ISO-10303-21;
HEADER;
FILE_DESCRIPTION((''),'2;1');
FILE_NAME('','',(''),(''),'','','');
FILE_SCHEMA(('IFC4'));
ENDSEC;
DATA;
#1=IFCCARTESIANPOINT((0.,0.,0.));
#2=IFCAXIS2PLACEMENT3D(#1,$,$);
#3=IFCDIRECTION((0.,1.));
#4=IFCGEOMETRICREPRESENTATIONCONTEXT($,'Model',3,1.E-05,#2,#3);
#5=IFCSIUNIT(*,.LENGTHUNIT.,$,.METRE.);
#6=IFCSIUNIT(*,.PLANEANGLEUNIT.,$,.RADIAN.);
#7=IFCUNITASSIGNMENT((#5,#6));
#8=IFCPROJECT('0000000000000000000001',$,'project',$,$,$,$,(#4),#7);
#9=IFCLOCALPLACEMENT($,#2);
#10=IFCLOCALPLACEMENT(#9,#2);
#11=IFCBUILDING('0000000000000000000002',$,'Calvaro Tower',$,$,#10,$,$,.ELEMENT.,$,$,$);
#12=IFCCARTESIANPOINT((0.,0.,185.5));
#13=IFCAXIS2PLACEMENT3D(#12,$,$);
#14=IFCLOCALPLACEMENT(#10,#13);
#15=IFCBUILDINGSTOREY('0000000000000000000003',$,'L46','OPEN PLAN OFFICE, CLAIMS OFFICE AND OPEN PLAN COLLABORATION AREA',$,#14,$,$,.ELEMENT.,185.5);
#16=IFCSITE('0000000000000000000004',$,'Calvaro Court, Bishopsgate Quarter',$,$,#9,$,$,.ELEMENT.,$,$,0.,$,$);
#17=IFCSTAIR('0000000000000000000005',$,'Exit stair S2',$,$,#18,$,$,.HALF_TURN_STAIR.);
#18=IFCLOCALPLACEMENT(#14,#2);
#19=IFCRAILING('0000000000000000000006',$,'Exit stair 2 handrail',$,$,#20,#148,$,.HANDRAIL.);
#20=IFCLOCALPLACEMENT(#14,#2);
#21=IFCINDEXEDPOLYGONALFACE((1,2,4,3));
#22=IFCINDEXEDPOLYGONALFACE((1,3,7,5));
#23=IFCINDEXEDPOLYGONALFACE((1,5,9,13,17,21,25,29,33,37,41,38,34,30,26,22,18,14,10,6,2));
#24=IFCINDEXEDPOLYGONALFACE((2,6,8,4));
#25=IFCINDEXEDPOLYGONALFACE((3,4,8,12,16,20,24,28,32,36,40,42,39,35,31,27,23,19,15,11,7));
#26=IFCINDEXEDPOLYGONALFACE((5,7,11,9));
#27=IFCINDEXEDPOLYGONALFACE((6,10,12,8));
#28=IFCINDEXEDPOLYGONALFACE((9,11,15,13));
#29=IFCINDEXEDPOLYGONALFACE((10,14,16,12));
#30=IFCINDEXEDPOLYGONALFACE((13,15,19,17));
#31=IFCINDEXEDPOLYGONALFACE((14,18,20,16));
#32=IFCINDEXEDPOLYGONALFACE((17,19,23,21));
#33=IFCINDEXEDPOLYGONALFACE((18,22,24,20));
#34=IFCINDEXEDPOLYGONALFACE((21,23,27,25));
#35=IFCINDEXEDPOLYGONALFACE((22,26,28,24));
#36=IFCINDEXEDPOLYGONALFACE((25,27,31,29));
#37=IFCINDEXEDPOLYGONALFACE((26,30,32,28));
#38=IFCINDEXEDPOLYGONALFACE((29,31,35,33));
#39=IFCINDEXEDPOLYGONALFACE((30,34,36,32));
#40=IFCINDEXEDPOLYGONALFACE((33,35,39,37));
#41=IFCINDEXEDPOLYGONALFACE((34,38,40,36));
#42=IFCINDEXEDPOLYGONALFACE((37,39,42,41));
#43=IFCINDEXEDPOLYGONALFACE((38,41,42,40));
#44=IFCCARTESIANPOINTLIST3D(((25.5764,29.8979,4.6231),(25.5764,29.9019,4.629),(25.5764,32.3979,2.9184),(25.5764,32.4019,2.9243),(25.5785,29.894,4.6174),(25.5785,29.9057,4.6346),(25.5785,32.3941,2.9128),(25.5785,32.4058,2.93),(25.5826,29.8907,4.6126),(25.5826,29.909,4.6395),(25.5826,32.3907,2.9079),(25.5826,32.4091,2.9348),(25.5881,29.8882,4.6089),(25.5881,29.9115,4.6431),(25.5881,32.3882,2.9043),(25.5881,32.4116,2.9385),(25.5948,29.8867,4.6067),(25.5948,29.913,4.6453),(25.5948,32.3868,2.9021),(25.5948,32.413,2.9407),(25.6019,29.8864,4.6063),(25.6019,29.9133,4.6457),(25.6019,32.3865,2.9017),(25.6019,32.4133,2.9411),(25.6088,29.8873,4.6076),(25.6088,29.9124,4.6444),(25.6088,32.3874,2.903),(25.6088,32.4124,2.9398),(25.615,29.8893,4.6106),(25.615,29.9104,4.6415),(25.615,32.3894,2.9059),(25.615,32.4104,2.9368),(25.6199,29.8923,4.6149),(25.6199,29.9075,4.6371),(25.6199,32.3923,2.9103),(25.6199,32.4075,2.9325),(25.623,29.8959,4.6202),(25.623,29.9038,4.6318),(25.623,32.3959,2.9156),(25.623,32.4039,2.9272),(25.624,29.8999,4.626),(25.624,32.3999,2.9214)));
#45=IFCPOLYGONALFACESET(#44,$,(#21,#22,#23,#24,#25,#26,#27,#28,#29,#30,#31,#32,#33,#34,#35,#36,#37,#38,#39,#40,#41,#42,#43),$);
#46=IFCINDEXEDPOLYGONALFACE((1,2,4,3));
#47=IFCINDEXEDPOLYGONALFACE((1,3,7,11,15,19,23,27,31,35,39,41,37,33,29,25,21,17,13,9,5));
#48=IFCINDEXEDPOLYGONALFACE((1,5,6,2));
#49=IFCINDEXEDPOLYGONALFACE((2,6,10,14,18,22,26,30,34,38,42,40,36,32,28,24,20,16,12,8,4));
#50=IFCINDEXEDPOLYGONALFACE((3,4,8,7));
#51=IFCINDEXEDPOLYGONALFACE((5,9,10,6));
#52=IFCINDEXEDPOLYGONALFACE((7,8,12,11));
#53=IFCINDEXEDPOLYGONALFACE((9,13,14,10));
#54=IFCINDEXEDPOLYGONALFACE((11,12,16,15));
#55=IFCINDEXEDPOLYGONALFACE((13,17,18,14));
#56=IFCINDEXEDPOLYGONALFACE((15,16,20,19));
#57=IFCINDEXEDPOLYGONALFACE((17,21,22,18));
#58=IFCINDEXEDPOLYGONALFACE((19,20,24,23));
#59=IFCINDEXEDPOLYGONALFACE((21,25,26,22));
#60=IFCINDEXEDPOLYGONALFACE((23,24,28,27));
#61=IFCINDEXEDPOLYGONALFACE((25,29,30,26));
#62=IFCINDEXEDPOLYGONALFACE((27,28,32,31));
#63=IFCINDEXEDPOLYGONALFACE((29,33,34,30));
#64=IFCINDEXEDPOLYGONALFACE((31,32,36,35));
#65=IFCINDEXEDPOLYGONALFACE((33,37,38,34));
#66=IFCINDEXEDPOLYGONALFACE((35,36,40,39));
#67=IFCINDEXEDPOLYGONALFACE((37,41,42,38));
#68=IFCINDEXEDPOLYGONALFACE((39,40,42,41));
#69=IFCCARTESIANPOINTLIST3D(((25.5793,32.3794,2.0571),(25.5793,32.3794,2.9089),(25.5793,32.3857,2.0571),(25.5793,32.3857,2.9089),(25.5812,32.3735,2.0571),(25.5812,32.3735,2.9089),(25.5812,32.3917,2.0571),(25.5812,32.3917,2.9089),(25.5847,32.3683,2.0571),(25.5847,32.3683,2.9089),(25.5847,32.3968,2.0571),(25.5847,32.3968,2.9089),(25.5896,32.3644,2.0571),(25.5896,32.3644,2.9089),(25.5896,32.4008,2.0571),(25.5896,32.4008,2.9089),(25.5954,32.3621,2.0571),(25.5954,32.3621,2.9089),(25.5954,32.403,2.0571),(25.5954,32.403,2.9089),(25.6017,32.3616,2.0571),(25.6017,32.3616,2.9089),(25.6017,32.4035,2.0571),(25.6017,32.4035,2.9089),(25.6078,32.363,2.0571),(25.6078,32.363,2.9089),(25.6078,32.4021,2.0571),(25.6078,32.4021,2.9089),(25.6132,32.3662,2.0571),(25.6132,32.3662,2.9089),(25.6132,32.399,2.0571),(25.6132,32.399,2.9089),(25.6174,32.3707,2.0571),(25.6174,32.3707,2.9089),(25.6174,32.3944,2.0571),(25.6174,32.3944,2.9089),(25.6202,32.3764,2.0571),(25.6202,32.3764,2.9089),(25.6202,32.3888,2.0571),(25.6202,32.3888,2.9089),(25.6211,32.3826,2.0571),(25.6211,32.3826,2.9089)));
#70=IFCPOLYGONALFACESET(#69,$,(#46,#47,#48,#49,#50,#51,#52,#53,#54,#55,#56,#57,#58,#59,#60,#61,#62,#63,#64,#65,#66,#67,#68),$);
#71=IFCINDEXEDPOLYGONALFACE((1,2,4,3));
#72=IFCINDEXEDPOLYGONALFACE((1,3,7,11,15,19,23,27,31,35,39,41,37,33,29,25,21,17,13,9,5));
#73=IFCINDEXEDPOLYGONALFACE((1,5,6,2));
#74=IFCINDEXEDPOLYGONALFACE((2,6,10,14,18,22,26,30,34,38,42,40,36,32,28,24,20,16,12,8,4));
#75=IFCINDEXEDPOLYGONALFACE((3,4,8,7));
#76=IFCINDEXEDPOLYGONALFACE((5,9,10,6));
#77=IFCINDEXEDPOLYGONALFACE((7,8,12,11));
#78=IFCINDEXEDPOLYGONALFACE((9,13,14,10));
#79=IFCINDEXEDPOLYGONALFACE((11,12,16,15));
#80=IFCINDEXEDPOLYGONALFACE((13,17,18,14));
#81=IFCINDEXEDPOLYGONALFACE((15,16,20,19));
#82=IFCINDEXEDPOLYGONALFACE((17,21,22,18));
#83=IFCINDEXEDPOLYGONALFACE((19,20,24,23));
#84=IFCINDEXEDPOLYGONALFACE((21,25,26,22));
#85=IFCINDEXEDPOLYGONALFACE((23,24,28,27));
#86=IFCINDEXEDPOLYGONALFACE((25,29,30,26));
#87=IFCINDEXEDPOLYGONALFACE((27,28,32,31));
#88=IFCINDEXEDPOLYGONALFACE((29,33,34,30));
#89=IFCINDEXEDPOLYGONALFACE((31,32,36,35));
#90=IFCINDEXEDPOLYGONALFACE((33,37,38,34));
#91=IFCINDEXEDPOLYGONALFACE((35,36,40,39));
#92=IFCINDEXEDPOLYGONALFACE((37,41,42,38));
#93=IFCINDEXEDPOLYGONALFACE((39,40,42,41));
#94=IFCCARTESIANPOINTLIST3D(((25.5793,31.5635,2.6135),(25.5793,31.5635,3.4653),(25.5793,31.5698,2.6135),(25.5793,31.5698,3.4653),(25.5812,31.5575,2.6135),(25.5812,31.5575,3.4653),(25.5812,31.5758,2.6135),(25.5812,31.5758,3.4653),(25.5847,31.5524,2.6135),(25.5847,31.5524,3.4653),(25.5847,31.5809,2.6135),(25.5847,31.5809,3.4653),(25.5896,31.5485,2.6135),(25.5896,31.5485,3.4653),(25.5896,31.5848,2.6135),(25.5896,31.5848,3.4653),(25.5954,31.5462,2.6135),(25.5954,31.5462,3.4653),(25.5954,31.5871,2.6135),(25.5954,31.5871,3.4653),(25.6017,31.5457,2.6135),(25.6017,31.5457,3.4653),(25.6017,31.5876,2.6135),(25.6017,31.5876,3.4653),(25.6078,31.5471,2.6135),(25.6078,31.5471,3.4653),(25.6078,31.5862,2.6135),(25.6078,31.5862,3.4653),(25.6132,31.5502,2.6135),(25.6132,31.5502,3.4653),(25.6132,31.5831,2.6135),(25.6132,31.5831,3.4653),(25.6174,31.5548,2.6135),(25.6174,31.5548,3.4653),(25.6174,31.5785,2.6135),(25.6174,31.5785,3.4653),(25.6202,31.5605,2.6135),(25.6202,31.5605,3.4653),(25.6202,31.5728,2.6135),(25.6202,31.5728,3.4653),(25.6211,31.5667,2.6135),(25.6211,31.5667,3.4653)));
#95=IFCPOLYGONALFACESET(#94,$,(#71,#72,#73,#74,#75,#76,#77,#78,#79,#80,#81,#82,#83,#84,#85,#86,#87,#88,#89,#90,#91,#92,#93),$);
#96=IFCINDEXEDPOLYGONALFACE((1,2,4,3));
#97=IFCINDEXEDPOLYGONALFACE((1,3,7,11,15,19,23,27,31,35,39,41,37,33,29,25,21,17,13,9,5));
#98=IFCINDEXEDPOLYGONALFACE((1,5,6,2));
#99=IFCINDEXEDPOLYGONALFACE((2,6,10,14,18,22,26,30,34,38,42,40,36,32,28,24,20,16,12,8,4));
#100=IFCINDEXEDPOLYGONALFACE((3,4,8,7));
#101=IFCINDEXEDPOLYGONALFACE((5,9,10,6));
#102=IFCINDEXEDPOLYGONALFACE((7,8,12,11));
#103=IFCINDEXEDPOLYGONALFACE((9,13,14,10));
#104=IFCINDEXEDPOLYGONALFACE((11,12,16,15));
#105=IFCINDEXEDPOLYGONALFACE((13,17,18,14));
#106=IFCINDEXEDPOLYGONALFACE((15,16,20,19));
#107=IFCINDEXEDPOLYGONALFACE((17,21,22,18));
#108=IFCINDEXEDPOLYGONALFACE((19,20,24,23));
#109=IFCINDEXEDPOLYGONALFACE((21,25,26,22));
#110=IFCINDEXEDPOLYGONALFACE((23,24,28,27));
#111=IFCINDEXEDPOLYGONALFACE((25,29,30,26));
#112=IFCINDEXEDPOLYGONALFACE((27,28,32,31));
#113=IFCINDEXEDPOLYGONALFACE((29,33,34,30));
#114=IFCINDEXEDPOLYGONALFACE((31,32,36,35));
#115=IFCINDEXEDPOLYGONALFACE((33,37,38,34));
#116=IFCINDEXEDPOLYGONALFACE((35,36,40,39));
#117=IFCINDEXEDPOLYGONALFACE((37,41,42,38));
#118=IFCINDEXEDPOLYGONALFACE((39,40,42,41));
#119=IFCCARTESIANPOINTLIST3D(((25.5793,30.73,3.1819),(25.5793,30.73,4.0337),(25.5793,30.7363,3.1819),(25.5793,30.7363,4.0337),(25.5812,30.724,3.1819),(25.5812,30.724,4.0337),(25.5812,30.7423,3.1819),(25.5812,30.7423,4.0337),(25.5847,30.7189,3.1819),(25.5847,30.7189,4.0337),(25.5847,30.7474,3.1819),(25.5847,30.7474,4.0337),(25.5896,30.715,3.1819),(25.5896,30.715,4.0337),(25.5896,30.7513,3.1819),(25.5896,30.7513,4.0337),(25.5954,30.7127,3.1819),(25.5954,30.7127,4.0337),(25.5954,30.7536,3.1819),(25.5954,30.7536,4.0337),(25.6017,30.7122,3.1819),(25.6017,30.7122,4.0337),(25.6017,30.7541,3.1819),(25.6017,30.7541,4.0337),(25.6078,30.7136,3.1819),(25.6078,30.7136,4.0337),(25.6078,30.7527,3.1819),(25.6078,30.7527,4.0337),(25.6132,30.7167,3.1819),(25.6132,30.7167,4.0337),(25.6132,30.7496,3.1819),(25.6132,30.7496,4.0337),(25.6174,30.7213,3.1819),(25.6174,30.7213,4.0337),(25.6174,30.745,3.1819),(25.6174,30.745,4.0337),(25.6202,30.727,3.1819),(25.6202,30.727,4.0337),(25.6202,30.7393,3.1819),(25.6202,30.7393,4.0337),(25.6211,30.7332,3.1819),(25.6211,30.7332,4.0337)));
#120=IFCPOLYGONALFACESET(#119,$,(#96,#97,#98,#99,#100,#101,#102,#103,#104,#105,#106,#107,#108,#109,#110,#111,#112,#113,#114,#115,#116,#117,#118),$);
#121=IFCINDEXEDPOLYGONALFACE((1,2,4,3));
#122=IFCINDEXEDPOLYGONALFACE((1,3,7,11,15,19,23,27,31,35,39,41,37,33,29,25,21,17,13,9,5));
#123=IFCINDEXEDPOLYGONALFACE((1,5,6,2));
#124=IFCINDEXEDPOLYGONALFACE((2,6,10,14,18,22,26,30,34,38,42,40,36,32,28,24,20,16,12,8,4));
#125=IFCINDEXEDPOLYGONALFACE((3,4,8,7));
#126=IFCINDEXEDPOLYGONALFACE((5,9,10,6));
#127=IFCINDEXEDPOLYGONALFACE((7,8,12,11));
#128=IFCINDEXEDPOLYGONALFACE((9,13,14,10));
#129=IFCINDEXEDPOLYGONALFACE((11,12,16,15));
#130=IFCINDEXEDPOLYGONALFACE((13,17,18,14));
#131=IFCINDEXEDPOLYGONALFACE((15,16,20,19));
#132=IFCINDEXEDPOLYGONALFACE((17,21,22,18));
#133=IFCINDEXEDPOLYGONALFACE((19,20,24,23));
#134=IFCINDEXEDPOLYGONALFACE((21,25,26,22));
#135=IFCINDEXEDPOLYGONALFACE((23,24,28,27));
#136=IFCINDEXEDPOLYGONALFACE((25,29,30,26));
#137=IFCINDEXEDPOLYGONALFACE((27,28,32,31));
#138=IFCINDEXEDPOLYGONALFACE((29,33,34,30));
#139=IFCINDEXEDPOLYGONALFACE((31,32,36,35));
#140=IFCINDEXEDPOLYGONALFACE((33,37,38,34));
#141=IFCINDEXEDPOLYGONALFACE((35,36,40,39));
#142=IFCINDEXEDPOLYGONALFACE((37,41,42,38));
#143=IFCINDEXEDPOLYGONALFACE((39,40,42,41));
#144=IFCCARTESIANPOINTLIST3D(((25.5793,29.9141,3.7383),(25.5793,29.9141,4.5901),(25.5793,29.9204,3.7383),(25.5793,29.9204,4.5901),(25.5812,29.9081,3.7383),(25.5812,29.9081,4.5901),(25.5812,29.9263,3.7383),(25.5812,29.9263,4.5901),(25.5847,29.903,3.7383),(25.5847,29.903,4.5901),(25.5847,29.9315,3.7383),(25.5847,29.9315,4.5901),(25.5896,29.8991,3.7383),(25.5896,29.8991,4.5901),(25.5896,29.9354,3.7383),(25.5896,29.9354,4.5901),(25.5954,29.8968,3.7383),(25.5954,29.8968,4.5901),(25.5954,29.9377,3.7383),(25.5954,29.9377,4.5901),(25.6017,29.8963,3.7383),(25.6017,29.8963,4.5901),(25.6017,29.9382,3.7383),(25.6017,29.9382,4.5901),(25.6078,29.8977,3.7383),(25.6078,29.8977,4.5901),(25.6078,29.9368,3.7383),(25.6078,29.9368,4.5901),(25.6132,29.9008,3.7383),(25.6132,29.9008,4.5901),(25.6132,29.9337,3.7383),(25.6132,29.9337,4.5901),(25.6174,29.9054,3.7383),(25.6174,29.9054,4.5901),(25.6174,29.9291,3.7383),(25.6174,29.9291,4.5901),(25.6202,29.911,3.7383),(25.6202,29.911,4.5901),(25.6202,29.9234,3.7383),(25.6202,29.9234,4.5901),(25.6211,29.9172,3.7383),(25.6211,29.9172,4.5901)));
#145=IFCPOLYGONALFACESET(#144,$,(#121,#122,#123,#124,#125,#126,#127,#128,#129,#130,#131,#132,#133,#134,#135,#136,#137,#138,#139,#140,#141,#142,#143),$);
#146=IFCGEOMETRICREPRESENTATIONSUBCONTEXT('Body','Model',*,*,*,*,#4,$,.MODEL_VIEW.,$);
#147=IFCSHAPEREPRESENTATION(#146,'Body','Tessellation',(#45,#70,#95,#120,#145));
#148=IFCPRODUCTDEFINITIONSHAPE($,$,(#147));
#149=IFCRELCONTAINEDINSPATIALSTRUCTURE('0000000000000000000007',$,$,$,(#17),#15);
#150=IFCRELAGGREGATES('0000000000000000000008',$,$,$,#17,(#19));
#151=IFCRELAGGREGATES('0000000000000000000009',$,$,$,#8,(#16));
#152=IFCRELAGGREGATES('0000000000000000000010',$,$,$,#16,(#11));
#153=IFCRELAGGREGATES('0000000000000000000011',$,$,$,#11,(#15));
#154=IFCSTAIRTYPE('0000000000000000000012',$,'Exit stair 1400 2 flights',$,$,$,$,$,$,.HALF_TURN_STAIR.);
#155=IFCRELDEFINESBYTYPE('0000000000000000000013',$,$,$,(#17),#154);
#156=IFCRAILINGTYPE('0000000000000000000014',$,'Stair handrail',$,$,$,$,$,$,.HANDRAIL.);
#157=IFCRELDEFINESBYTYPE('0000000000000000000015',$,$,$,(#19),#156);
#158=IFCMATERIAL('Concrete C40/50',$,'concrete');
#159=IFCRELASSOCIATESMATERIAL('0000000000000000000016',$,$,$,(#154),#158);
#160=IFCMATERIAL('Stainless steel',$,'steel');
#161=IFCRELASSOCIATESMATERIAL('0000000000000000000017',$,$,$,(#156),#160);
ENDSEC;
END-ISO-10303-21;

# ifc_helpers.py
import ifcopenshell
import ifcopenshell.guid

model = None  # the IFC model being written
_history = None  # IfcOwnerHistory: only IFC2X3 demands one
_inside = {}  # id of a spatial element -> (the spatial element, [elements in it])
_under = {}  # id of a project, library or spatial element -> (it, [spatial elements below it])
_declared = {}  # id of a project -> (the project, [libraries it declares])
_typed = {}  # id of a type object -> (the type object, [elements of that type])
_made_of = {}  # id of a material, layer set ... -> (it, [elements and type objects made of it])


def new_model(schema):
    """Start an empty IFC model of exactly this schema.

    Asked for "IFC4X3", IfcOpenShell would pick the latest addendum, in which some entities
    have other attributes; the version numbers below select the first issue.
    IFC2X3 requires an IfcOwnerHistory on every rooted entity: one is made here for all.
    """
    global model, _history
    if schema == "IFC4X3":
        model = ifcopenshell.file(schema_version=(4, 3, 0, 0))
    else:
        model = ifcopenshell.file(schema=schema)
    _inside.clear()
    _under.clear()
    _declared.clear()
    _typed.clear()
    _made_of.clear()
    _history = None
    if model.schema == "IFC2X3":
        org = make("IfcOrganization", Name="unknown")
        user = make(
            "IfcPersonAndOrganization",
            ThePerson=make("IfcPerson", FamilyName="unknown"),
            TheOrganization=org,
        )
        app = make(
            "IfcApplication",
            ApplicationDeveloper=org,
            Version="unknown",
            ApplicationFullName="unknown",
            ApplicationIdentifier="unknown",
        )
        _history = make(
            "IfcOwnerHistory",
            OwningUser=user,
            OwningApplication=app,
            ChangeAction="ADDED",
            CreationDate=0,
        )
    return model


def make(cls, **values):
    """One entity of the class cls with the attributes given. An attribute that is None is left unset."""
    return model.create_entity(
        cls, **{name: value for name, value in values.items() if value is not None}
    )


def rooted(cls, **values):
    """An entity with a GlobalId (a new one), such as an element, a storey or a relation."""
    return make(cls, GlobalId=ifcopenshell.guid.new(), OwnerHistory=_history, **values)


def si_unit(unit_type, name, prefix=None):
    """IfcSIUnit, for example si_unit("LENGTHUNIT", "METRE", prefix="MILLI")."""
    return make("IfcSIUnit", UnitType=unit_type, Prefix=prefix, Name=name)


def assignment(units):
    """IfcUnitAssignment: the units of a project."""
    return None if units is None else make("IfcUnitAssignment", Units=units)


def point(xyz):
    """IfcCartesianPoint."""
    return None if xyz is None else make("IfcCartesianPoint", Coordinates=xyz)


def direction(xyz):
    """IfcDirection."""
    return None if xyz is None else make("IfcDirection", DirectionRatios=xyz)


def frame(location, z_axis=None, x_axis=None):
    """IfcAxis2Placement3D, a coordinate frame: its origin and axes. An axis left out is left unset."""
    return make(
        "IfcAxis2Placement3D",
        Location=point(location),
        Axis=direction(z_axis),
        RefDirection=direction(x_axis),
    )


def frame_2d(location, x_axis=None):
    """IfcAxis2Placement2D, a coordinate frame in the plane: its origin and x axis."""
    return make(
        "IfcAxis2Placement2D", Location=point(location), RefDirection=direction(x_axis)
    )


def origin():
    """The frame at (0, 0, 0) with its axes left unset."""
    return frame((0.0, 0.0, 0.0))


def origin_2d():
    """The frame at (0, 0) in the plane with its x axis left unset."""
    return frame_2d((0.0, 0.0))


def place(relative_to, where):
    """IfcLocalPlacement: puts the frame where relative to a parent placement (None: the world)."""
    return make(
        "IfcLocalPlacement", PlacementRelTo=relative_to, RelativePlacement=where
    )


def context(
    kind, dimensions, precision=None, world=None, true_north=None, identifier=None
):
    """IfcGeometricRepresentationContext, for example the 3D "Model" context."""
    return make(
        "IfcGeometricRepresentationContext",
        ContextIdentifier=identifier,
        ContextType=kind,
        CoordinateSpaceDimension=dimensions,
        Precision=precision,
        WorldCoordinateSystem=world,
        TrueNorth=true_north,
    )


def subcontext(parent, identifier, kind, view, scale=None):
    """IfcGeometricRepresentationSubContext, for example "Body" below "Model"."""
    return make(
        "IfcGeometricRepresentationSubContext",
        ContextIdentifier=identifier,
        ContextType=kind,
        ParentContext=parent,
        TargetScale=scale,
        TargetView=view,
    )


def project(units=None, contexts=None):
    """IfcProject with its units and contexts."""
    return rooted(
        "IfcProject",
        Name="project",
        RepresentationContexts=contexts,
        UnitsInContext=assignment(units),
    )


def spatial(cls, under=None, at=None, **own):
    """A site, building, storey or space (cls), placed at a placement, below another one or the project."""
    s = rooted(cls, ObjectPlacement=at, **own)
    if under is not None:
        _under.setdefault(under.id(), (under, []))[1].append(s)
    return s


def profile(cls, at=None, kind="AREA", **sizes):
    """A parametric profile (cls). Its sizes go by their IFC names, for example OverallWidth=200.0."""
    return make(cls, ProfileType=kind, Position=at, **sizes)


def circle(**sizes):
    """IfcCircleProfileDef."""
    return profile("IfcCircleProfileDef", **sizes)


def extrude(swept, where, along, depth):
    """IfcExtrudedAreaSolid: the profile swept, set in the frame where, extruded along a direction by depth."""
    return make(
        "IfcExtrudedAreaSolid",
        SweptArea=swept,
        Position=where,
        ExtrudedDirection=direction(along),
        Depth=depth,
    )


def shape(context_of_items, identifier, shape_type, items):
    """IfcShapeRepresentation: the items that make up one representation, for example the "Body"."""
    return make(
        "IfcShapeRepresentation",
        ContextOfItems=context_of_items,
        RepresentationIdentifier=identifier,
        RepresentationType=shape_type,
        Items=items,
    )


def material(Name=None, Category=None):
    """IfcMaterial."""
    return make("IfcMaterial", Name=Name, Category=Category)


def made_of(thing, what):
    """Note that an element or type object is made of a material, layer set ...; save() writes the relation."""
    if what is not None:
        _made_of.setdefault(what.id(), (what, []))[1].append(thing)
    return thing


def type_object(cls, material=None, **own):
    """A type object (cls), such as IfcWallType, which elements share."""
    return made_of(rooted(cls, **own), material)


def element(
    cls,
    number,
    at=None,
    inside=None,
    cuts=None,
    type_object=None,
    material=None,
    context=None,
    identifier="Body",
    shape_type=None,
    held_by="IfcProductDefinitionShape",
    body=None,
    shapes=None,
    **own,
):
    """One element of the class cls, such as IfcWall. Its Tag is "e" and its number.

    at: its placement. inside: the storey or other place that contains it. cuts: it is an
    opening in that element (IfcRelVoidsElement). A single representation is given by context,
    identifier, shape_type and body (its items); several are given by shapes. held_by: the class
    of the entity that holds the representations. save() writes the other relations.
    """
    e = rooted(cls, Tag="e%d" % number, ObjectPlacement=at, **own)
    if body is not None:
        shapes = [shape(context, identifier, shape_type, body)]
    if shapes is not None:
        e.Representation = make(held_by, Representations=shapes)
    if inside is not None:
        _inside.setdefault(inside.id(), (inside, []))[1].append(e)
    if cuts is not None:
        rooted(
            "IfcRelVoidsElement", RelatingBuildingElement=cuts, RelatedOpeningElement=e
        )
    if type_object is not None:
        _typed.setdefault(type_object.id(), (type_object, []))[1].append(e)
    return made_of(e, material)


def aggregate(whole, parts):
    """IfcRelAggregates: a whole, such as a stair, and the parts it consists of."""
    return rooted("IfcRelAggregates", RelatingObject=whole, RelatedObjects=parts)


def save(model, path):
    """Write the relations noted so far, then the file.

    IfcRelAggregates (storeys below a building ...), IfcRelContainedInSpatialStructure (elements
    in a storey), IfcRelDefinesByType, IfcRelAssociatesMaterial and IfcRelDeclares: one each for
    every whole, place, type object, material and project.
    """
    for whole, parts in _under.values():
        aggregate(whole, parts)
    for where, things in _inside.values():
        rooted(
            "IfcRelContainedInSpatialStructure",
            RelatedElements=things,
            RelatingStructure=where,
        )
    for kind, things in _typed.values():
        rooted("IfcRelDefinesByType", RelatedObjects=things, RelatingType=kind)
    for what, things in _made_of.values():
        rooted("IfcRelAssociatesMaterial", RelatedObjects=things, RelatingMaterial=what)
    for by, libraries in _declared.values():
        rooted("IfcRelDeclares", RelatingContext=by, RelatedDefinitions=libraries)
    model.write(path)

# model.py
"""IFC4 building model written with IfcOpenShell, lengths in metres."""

from ifc_helpers import new_model, si_unit, direction, frame, origin, origin_2d, place, context, subcontext, project, spatial, circle, extrude, material, type_object, element, aggregate, save


model = new_model("IFC4")

# Units and contexts
model_context = context("Model", 3, precision=1e-05, world=origin(), true_north=direction((0.0, 1.0)))
body_context = subcontext(model_context, "Body", "Model", "MODEL_VIEW")
ifc_project = project(units=[si_unit("LENGTHUNIT", "METRE"), si_unit("PLANEANGLEUNIT", "RADIAN")], contexts=[model_context])

# Site, building, storey
site_placement = place(None, origin())
site = spatial("IfcSite", under=ifc_project, at=site_placement, Name="Calvaro Court, Bishopsgate Quarter", CompositionType="ELEMENT", RefElevation=0.0)
building_placement = place(site_placement, origin())
building = spatial("IfcBuilding", under=site, at=building_placement, Name="Calvaro Tower", CompositionType="ELEMENT")
storey_placement = place(building_placement, frame((0.0, 0.0, 185.5)))
storey = spatial("IfcBuildingStorey", under=building, at=storey_placement, Name="L46", Description="OPEN PLAN OFFICE, CLAIMS OFFICE AND OPEN PLAN COLLABORATION AREA", CompositionType="ELEMENT", Elevation=185.5)

# Stair, railing
ifc_material_1 = material(Name="Concrete C40/50", Category="concrete")
stair_type = type_object("IfcStairType", Name="Exit stair 1400 2 flights", PredefinedType="HALF_TURN_STAIR", material=ifc_material_1)
stair_placement = place(storey_placement, origin())
stair = element("IfcStair", 1, at=stair_placement, inside=storey, type_object=stair_type, Name="Exit stair S2", PredefinedType="HALF_TURN_STAIR")
ifc_material_2 = material(Name="Stainless steel", Category="steel")
railing_type = type_object("IfcRailingType", Name="Stair handrail", PredefinedType="HANDRAIL", material=ifc_material_2)
railing_1_placement = place(storey_placement, frame((25.6001, 32.3999, 2.0454)))
railing_1 = element("IfcRailing", 2, at=railing_1_placement, type_object=railing_type, Name="Exit stair 2 handrail", PredefinedType="HANDRAIL", context=body_context, shape_type="SweptSolid", body=[
    extrude(circle(Radius=0.0239, at=origin_2d()), frame((0.0, 0.0, 0.876), z_axis=(0.0, -0.826221, 0.563347), x_axis=(1.0, 0.0, 0.0)), (0.0, 0.0, 1.0), 3.0259),
    extrude(circle(Radius=0.021, at=origin_2d()), frame((0.0, -0.0173, 0.0117)), (0.0, 0.0, 1.0), 0.8518),
    extrude(circle(Radius=0.021, at=origin_2d()), frame((0.0, -0.8333, 0.5681)), (0.0, 0.0, 1.0), 0.8518),
    extrude(circle(Radius=0.021, at=origin_2d()), frame((0.0, -1.6667, 1.1365)), (0.0, 0.0, 1.0), 0.8518),
    extrude(circle(Radius=0.021, at=origin_2d()), frame((0.0, -2.4827, 1.6929)), (0.0, 0.0, 1.0), 0.8518),
])
aggregate(stair, [railing_1])

save(model, "model.ifc")
